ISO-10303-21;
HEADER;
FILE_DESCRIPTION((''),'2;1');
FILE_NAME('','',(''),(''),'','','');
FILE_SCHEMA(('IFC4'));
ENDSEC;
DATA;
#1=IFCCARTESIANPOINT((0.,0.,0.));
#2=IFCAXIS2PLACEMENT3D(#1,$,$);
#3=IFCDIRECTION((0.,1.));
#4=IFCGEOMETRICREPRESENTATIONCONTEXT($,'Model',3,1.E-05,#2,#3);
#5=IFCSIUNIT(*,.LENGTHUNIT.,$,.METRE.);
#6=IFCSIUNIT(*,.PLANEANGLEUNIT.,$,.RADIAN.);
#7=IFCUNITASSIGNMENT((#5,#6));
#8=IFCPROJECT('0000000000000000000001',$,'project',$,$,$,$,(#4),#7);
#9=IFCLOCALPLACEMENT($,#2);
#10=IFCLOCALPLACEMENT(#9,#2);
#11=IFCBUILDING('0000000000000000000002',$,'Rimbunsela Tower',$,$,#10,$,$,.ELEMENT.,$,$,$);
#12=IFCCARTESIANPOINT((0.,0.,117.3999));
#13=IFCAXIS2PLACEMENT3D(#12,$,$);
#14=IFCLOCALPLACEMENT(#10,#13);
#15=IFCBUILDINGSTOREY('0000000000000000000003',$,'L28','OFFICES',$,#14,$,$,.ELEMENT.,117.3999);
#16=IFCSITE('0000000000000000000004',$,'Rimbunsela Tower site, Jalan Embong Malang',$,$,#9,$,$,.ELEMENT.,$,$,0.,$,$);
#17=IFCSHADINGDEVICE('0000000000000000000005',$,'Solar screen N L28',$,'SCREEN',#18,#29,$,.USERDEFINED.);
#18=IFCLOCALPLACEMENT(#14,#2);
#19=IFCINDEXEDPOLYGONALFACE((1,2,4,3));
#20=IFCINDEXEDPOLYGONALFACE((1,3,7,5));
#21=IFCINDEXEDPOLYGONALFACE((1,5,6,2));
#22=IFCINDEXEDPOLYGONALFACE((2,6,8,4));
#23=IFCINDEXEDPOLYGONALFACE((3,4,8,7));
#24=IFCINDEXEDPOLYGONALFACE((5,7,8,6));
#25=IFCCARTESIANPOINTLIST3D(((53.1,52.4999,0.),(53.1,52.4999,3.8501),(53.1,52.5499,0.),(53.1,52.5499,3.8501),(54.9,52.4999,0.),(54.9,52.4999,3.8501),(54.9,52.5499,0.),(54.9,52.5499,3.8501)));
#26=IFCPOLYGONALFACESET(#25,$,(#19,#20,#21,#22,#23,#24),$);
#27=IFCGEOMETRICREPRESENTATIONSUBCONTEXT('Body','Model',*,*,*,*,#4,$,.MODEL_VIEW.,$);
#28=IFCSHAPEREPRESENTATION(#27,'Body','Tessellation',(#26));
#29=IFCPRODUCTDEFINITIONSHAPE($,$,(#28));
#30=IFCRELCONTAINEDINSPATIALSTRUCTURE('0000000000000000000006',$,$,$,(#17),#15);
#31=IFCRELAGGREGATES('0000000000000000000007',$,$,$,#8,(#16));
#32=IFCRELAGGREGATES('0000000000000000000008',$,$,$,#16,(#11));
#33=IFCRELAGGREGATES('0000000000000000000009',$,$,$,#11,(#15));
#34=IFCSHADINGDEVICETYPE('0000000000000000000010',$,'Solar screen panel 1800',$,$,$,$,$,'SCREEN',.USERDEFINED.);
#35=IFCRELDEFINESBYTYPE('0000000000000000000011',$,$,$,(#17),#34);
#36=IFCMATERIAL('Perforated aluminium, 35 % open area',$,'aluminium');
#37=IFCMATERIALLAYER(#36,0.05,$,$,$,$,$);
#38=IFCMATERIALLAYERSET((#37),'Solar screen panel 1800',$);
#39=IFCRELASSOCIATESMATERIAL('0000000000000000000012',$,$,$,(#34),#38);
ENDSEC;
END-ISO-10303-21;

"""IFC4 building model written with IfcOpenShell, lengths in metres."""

from ifc_helpers import new_model, si_unit, direction, frame, origin, origin_2d, place, context, subcontext, project, spatial, rectangle, extrude, material, layer, layer_set, type_object, element, save


model = new_model("IFC4")

# Units and contexts
model_context = context("Model", 3, precision=1e-05, world=origin(), true_north=direction((0.0, 1.0)))
body_context = subcontext(model_context, "Body", "Model", "MODEL_VIEW")
ifc_project = project(units=[si_unit("LENGTHUNIT", "METRE"), si_unit("PLANEANGLEUNIT", "RADIAN")], contexts=[model_context])

# Site, building, storey
site_placement = place(None, origin())
site = spatial("IfcSite", under=ifc_project, at=site_placement, Name="Rimbunsela Tower site, Jalan Embong Malang", CompositionType="ELEMENT", RefElevation=0.0)
building_placement = place(site_placement, origin())
building = spatial("IfcBuilding", under=site, at=building_placement, Name="Rimbunsela Tower", CompositionType="ELEMENT")
storey_placement = place(building_placement, frame((0.0, 0.0, 117.3999)))
storey = spatial("IfcBuildingStorey", under=building, at=storey_placement, Name="L28", Description="OFFICES", CompositionType="ELEMENT", Elevation=117.3999)

# Shading device
ifc_material_1 = material(Name="Perforated aluminium, 35 % open area", Category="aluminium")
ifc_layer_1 = layer(ifc_material_1, 0.05)
ifc_layer_set_1 = layer_set([ifc_layer_1], Name="Solar screen panel 1800")
shading_device_type = type_object("IfcShadingDeviceType", Name="Solar screen panel 1800", ElementType="SCREEN", PredefinedType="USERDEFINED", material=ifc_layer_set_1)
for number, where, z_axis, x_axis, name in (
    (1, (54.0, 52.5249, 0.0), (0.0, 0.0, 1.0), (1.0, 0.0, 0.0), "Solar screen N L28"),
):
    element("IfcShadingDevice", number, at=place(storey_placement, frame(where, z_axis=z_axis, x_axis=x_axis)), inside=storey, type_object=shading_device_type, Name=name, ObjectType="SCREEN", PredefinedType="USERDEFINED", context=body_context, shape_type="SweptSolid", body=[
        extrude(rectangle(XDim=1.8, YDim=0.05, at=origin_2d()), origin(), (0.0, 0.0, 1.0), 3.8501),
    ])

save(model, "model.ifc")
